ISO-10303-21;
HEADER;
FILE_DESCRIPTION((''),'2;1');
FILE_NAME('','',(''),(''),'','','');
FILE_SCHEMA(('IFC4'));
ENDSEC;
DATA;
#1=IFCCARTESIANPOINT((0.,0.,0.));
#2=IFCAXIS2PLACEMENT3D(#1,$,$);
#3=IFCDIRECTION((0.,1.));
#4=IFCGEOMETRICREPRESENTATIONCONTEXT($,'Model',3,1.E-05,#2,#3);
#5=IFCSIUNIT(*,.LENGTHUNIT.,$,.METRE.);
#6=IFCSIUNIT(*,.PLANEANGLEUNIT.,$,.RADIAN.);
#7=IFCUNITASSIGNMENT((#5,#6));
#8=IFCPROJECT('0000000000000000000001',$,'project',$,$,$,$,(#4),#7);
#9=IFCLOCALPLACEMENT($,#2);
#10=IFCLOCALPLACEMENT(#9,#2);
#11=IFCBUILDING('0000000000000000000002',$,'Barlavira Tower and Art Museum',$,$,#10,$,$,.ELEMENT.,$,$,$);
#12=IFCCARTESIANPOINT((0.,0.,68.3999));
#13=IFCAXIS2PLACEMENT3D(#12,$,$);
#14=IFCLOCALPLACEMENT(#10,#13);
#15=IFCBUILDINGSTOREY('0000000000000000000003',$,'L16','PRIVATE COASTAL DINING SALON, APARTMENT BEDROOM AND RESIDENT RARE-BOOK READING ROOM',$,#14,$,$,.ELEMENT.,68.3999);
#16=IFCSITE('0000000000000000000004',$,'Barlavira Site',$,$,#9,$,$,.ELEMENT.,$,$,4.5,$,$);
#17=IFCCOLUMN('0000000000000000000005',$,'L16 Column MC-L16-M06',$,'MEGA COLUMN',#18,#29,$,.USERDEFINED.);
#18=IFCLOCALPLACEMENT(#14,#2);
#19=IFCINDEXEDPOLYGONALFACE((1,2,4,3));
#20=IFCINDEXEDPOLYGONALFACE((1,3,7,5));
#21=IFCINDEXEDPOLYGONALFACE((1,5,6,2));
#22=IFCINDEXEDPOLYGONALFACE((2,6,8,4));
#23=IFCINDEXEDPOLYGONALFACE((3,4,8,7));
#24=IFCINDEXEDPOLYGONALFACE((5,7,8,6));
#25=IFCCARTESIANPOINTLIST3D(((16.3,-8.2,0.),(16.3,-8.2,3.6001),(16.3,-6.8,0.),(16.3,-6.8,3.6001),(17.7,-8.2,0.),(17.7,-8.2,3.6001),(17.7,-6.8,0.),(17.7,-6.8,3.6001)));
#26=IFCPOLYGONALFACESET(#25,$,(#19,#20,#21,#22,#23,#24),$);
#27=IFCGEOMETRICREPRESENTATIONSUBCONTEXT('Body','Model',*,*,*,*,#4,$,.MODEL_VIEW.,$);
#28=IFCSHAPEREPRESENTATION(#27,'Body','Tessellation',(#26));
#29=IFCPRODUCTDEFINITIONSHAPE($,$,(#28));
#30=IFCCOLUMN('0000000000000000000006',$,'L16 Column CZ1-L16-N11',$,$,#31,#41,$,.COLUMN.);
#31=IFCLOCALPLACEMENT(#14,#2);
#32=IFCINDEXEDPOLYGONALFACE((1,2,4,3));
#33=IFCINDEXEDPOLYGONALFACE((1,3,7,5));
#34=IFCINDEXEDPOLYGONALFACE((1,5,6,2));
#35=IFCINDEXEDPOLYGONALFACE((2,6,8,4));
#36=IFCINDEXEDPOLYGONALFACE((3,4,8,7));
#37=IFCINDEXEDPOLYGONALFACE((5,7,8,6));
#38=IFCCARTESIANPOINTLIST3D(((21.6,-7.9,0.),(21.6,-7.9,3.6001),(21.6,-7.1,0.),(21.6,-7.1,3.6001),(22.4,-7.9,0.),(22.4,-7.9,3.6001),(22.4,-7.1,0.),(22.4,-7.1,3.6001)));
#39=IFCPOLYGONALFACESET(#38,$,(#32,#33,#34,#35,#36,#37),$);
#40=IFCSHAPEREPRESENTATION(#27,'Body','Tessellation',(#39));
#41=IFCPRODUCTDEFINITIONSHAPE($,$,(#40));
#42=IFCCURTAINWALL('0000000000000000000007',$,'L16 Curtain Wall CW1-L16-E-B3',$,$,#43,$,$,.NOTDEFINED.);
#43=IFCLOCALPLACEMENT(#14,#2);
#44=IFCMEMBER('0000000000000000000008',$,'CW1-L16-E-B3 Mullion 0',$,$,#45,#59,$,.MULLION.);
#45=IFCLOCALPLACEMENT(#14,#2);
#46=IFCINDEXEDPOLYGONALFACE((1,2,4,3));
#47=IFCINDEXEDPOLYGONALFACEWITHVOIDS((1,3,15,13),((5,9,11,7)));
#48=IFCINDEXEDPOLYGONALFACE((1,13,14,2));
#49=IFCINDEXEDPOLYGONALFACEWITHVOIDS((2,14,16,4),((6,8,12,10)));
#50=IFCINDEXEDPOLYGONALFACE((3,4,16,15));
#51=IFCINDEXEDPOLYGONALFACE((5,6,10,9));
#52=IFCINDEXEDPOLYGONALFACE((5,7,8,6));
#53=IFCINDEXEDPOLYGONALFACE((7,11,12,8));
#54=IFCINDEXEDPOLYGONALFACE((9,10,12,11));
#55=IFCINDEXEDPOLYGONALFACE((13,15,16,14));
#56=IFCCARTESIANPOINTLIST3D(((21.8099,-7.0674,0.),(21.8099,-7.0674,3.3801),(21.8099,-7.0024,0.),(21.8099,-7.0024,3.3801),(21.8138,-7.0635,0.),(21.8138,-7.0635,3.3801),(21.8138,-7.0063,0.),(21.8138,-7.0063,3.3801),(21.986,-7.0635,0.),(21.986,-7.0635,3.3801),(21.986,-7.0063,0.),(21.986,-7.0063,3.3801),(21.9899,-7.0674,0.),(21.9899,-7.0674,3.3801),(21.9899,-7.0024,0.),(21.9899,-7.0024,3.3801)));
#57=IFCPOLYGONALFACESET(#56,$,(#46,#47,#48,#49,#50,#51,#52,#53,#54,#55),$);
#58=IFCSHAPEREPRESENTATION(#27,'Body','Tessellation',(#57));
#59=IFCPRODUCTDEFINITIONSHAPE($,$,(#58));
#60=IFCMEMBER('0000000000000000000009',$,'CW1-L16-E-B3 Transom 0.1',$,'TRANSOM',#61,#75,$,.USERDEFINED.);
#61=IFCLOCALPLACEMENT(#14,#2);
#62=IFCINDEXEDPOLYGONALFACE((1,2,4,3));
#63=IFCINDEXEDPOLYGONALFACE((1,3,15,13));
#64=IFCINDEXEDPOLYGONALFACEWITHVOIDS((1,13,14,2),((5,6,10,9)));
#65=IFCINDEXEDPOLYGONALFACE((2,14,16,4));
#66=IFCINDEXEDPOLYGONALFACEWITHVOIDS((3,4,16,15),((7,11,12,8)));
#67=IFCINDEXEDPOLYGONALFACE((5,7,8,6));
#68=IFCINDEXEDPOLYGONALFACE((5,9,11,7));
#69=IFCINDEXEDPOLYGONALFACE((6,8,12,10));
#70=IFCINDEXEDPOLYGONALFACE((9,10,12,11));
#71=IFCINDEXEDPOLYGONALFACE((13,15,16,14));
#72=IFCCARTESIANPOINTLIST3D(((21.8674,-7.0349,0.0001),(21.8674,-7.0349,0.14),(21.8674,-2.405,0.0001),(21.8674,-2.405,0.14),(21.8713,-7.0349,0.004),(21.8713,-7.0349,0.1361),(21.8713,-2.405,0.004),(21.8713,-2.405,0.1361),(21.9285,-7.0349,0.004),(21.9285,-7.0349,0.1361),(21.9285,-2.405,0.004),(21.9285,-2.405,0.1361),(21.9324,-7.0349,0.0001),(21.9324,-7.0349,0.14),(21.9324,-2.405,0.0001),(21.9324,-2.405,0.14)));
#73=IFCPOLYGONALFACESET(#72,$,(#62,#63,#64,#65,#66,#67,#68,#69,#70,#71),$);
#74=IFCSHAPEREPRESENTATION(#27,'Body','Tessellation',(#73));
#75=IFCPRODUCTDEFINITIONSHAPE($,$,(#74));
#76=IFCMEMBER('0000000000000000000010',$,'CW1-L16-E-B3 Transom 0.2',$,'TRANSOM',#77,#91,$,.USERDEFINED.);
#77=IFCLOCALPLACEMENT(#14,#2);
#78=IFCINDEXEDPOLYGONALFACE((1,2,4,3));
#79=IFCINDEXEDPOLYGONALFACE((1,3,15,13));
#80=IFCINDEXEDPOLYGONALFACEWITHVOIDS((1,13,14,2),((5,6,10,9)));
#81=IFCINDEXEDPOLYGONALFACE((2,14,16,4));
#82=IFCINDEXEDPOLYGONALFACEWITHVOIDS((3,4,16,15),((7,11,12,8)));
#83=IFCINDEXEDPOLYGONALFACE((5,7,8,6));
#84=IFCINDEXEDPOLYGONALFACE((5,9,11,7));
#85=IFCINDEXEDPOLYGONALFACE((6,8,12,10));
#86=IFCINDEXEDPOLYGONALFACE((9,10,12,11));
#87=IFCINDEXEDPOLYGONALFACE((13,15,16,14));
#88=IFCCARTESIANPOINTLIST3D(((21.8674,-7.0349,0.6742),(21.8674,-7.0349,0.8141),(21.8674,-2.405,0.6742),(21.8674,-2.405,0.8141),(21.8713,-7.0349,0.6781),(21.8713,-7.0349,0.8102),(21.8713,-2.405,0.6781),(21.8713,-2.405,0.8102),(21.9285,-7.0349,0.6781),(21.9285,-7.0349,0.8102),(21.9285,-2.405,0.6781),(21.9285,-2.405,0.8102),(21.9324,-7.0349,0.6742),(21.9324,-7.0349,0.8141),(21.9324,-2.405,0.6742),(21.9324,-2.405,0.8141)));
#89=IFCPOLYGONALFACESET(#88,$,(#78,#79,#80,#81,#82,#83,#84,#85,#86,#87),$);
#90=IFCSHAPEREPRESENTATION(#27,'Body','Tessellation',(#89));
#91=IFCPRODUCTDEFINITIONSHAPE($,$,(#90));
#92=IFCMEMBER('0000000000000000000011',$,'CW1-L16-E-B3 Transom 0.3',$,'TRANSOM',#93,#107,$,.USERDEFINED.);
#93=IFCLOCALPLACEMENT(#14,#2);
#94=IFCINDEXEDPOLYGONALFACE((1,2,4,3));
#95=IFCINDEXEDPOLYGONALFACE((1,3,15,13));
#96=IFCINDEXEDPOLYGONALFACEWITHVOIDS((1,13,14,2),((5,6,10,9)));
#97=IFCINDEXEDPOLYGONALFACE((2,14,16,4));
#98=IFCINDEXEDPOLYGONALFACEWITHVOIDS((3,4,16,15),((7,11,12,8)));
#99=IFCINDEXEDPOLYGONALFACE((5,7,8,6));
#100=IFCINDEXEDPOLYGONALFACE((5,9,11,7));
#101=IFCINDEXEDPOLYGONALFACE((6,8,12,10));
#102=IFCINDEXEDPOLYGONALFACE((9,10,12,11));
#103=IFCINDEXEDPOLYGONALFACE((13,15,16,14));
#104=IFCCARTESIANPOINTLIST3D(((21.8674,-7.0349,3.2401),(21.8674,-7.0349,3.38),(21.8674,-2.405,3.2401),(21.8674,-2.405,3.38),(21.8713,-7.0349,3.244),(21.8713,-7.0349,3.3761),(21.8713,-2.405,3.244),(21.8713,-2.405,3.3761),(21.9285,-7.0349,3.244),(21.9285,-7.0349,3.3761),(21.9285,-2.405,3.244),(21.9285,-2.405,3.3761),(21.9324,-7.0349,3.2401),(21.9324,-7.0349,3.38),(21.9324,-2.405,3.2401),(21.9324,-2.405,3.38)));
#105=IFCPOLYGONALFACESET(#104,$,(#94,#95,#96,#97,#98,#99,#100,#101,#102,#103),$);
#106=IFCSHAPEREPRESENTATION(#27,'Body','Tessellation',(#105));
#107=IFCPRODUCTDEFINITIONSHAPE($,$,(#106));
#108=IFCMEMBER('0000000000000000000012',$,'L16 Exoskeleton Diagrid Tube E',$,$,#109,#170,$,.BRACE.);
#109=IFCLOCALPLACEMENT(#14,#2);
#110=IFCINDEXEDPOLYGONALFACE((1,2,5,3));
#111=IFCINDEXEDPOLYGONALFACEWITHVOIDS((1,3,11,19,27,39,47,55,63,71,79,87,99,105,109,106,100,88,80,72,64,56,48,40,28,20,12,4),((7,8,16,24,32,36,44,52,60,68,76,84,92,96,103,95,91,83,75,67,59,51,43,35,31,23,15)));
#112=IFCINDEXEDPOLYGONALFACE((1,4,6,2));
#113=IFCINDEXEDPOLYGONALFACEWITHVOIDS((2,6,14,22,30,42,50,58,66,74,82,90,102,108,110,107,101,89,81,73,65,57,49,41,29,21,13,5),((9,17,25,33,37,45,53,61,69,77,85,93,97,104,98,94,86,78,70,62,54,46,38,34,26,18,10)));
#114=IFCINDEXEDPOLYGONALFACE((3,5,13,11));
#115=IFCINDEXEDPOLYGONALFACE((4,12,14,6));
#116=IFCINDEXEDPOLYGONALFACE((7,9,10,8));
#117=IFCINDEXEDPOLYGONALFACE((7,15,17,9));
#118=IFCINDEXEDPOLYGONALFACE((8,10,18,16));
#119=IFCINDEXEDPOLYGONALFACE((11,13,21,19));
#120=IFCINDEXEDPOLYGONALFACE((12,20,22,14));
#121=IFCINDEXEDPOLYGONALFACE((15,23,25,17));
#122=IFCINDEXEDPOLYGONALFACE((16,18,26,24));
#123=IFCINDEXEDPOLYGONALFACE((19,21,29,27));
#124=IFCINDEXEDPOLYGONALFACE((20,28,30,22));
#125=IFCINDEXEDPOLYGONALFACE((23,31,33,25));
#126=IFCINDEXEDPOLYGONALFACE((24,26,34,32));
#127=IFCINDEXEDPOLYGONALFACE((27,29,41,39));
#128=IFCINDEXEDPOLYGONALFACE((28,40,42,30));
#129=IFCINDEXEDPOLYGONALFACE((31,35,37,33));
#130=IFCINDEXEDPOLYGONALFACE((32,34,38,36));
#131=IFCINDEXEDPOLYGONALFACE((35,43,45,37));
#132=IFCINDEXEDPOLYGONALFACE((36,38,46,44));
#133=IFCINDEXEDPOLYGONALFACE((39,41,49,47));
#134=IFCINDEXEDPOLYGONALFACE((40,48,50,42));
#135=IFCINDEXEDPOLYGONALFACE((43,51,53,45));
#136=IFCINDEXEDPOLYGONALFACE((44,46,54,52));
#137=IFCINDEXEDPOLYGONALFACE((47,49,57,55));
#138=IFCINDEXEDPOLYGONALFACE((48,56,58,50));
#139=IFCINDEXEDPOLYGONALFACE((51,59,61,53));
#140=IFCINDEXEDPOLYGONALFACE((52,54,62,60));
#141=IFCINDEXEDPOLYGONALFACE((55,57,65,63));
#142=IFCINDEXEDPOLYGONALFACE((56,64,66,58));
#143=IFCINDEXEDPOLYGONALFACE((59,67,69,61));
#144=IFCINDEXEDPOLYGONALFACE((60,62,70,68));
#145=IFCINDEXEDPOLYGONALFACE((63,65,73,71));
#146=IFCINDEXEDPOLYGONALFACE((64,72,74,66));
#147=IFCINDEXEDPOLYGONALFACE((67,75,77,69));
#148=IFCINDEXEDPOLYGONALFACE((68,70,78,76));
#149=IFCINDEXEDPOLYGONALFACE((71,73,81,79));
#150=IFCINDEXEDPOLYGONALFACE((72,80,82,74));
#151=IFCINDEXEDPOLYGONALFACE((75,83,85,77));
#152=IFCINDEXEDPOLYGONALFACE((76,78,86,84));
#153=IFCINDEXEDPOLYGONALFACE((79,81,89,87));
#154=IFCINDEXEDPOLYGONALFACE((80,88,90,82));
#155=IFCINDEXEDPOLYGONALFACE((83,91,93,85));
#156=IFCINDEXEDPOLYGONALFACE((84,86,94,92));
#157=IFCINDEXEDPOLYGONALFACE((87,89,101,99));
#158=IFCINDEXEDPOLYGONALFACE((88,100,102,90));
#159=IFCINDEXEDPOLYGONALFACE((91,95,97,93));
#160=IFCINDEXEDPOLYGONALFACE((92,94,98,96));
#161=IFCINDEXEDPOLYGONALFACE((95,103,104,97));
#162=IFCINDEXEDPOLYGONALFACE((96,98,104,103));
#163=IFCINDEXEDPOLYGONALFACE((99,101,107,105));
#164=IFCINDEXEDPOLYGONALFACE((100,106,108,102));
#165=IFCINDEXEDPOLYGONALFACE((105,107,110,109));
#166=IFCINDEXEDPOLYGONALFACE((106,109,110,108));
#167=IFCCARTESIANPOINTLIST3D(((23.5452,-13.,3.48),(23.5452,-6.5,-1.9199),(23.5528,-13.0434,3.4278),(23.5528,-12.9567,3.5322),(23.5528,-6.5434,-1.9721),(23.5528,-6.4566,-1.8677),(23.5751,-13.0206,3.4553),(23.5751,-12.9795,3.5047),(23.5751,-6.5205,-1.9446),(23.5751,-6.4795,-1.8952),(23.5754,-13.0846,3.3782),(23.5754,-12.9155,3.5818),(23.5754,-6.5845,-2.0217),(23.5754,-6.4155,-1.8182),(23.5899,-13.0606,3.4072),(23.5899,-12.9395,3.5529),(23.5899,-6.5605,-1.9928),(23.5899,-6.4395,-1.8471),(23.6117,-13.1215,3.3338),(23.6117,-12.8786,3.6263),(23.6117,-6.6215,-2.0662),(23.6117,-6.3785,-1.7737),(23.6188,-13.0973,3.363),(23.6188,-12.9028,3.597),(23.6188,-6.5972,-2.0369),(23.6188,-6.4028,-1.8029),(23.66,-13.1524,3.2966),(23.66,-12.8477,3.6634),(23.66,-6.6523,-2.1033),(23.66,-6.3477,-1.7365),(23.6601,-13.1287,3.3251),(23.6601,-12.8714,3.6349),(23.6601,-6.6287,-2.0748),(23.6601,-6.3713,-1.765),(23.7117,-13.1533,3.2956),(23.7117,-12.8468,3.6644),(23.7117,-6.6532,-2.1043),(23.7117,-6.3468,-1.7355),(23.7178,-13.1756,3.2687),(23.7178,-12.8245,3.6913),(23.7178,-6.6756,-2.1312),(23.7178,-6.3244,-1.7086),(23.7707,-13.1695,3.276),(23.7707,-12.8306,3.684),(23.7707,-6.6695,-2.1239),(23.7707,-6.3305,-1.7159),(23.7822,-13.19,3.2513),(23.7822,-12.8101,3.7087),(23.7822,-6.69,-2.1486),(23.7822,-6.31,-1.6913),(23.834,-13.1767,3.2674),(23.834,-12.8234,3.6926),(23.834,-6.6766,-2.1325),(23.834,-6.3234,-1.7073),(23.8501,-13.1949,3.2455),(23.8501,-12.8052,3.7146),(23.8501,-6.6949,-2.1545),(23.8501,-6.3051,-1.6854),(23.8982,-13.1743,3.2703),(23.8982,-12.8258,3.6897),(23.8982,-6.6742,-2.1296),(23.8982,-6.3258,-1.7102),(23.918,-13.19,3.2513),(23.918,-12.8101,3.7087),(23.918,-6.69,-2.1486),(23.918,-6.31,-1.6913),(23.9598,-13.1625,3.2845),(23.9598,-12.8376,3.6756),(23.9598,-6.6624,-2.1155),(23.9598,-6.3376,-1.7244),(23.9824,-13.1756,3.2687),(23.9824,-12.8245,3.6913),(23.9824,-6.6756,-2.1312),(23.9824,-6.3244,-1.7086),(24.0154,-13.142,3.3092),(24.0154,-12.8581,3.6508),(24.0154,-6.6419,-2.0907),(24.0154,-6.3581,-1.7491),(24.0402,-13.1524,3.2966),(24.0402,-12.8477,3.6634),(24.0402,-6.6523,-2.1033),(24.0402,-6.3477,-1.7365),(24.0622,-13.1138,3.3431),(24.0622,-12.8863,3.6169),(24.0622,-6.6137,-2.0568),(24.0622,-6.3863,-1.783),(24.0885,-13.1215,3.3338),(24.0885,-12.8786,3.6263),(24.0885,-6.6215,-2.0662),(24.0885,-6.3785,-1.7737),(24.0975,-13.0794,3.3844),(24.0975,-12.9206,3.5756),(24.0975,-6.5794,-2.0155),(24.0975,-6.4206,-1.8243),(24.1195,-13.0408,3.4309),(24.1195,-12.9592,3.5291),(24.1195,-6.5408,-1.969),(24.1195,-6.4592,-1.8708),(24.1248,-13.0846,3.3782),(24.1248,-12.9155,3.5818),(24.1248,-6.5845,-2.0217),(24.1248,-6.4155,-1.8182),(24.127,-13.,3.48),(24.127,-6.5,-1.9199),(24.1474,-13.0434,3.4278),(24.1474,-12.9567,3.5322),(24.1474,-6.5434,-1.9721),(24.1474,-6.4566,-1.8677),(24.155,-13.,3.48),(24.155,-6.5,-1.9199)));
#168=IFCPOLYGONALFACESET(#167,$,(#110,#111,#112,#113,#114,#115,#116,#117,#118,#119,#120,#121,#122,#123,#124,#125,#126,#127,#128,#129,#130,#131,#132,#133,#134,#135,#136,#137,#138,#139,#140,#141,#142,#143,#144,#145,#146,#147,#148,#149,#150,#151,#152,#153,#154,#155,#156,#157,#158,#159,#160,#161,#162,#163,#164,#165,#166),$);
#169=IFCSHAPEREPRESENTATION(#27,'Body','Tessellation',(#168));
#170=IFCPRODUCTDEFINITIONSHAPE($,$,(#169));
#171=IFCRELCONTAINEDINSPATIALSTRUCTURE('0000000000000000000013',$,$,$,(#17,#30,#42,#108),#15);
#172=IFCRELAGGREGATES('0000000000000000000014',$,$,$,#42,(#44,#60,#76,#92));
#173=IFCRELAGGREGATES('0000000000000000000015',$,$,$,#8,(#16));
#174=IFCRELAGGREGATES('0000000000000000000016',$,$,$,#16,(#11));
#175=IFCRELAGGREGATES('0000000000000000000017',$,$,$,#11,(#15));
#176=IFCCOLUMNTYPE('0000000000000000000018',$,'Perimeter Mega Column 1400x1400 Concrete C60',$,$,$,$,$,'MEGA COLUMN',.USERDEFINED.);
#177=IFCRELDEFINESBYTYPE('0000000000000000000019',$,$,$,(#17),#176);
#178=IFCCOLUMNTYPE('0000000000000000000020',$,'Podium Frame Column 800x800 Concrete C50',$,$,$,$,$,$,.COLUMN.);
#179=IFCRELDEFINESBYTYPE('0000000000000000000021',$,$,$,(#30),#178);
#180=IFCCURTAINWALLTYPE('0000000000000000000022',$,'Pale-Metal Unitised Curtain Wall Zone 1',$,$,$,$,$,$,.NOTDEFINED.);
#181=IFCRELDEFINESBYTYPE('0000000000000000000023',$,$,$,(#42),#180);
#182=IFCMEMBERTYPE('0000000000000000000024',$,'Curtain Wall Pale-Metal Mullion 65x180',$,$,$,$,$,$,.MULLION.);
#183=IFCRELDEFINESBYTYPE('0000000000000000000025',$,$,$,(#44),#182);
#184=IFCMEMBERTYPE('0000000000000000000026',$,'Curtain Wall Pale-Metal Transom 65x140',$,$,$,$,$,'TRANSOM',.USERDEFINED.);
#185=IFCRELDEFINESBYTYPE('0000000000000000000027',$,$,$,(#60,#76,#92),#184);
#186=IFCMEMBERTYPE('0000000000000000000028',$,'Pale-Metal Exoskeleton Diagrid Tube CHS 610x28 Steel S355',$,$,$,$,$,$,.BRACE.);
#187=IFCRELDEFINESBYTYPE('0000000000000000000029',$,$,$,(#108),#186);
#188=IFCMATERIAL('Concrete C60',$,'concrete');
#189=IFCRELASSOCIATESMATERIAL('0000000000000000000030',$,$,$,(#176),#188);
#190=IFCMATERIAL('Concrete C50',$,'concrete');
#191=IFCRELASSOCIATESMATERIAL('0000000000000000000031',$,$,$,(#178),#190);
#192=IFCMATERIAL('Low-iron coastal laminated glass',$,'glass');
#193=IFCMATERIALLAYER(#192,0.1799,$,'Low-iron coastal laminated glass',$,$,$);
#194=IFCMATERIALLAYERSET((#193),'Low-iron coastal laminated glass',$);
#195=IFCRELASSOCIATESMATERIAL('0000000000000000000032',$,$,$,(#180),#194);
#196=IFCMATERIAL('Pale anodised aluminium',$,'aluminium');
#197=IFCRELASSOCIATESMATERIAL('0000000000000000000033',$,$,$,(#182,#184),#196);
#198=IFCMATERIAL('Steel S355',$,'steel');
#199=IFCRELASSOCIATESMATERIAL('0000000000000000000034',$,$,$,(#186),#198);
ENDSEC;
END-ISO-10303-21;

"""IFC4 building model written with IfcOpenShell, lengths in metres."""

from ifc_helpers import new_model, si_unit, direction, frame, origin, origin_2d, place, context, subcontext, project, spatial, rectangle, hollow_rectangle, hollow_circle, extrude, material, layer, layer_set, material_profile, profile_set, type_object, element, aggregate, save


model = new_model("IFC4")

# Units and contexts
model_context = context("Model", 3, precision=1e-05, world=origin(), true_north=direction((0.0, 1.0)))
body_context = subcontext(model_context, "Body", "Model", "MODEL_VIEW")
ifc_project = project(units=[si_unit("LENGTHUNIT", "METRE"), si_unit("PLANEANGLEUNIT", "RADIAN")], contexts=[model_context])

# Site, building, storey
site_placement = place(None, origin())
site = spatial("IfcSite", under=ifc_project, at=site_placement, Name="Barlavira Site", CompositionType="ELEMENT", RefElevation=4.5)
building_placement = place(site_placement, origin())
building = spatial("IfcBuilding", under=site, at=building_placement, Name="Barlavira Tower and Art Museum", CompositionType="ELEMENT")
storey_placement = place(building_placement, frame((0.0, 0.0, 68.3999)))
storey = spatial("IfcBuildingStorey", under=building, at=storey_placement, Name="L16", Description="PRIVATE COASTAL DINING SALON, APARTMENT BEDROOM AND RESIDENT RARE-BOOK READING ROOM", CompositionType="ELEMENT", Elevation=68.3999)

# Columns
ifc_material_1 = material(Name="Concrete C60", Category="concrete")
ifc_material_profile_1 = material_profile(ifc_material_1, rectangle(XDim=1.3999, YDim=1.3999, at=origin_2d()), Name="RC-MCOL 1400x1400")
ifc_profile_set_1 = profile_set([ifc_material_profile_1], Name="Concrete C60")
column_type_1 = type_object("IfcColumnType", Name="Perimeter Mega Column 1400x1400 Concrete C60", ElementType="MEGA COLUMN", PredefinedType="USERDEFINED", material=ifc_profile_set_1)
column_1_placement = place(storey_placement, frame((17.0, -7.5, 0.0), z_axis=(0.0, 0.0, 1.0), x_axis=(1.0, 0.0, 0.0)))
element("IfcColumn", 1, at=column_1_placement, inside=storey, type_object=column_type_1, Name="L16 Column MC-L16-M06", ObjectType="MEGA COLUMN", PredefinedType="USERDEFINED", context=body_context, shape_type="SweptSolid", body=[
    extrude(rectangle(XDim=1.3999, YDim=1.3999, at=origin_2d()), origin(), (0.0, 0.0, 1.0), 3.6001),
])
ifc_material_2 = material(Name="Concrete C50", Category="concrete")
ifc_material_profile_2 = material_profile(ifc_material_2, rectangle(XDim=0.8, YDim=0.8, at=origin_2d()), Name="RC-COL 800x800")
ifc_profile_set_2 = profile_set([ifc_material_profile_2], Name="Concrete C50")
column_type_2 = type_object("IfcColumnType", Name="Podium Frame Column 800x800 Concrete C50", PredefinedType="COLUMN", material=ifc_profile_set_2)
column_2_placement = place(storey_placement, frame((22.0, -7.5, 0.0), z_axis=(0.0, 0.0, 1.0), x_axis=(1.0, 0.0, 0.0)))
element("IfcColumn", 2, at=column_2_placement, inside=storey, type_object=column_type_2, Name="L16 Column CZ1-L16-N11", PredefinedType="COLUMN", context=body_context, shape_type="SweptSolid", body=[
    extrude(rectangle(XDim=0.8, YDim=0.8, at=origin_2d()), origin(), (0.0, 0.0, 1.0), 3.6001),
])

# Curtain wall, members
ifc_material_3 = material(Name="Low-iron coastal laminated glass", Category="glass")
ifc_layer_1 = layer(ifc_material_3, 0.1799, Name="Low-iron coastal laminated glass")
ifc_layer_set_1 = layer_set([ifc_layer_1], Name="Low-iron coastal laminated glass")
curtain_wall_type = type_object("IfcCurtainWallType", Name="Pale-Metal Unitised Curtain Wall Zone 1", PredefinedType="NOTDEFINED", material=ifc_layer_set_1)
curtain_wall_placement = place(storey_placement, origin())
curtain_wall = element("IfcCurtainWall", 3, at=curtain_wall_placement, inside=storey, type_object=curtain_wall_type, Name="L16 Curtain Wall CW1-L16-E-B3", PredefinedType="NOTDEFINED")
ifc_material_4 = material(Name="Pale anodised aluminium", Category="aluminium")
ifc_material_profile_3 = material_profile(ifc_material_4, hollow_rectangle(XDim=0.0649, YDim=0.1799, WallThickness=0.0039, at=origin_2d()), Name="ALU-MULL 65x180x4")
ifc_profile_set_3 = profile_set([ifc_material_profile_3], Name="Pale anodised aluminium")
member_type_1 = type_object("IfcMemberType", Name="Curtain Wall Pale-Metal Mullion 65x180", PredefinedType="MULLION", material=ifc_profile_set_3)
member_1_placement = place(storey_placement, frame((21.8999, -7.0349, 0.0), z_axis=(0.0, 0.0, 1.0), x_axis=(0.0, 1.0, 0.0)))
member_1 = element("IfcMember", 4, at=member_1_placement, type_object=member_type_1, Name="CW1-L16-E-B3 Mullion 0", PredefinedType="MULLION", context=body_context, shape_type="SweptSolid", body=[
    extrude(hollow_rectangle(XDim=0.0649, YDim=0.1799, WallThickness=0.0039, at=origin_2d()), origin(), (0.0, 0.0, 1.0), 3.3801),
])
ifc_material_profile_4 = material_profile(ifc_material_4, hollow_rectangle(XDim=0.0649, YDim=0.1399, WallThickness=0.0039, at=origin_2d()), Name="ALU-TRAN 65x140x4")
ifc_profile_set_4 = profile_set([ifc_material_profile_4], Name="Pale anodised aluminium")
member_type_2 = type_object("IfcMemberType", Name="Curtain Wall Pale-Metal Transom 65x140", ElementType="TRANSOM", PredefinedType="USERDEFINED", material=ifc_profile_set_4)
member_2_placement = place(storey_placement, frame((21.8999, -7.0349, 0.0701), z_axis=(0.0, 1.0, 0.0), x_axis=(-1.0, 0.0, 0.0)))
member_2 = element("IfcMember", 5, at=member_2_placement, type_object=member_type_2, Name="CW1-L16-E-B3 Transom 0.1", ObjectType="TRANSOM", PredefinedType="USERDEFINED", context=body_context, shape_type="SweptSolid", body=[
    extrude(hollow_rectangle(XDim=0.0649, YDim=0.1399, WallThickness=0.0039, at=origin_2d()), origin(), (0.0, 0.0, 1.0), 4.6299),
])
member_3_placement = place(storey_placement, frame((21.8999, -7.0349, 0.7441), z_axis=(0.0, 1.0, 0.0), x_axis=(-1.0, 0.0, 0.0)))
member_3 = element("IfcMember", 6, at=member_3_placement, type_object=member_type_2, Name="CW1-L16-E-B3 Transom 0.2", ObjectType="TRANSOM", PredefinedType="USERDEFINED", context=body_context, shape_type="SweptSolid", body=[
    extrude(hollow_rectangle(XDim=0.0649, YDim=0.1399, WallThickness=0.0039, at=origin_2d()), origin(), (0.0, 0.0, 1.0), 4.6299),
])
member_4_placement = place(storey_placement, frame((21.8999, -7.0349, 3.3101), z_axis=(0.0, 1.0, 0.0), x_axis=(-1.0, 0.0, 0.0)))
member_4 = element("IfcMember", 7, at=member_4_placement, type_object=member_type_2, Name="CW1-L16-E-B3 Transom 0.3", ObjectType="TRANSOM", PredefinedType="USERDEFINED", context=body_context, shape_type="SweptSolid", body=[
    extrude(hollow_rectangle(XDim=0.0649, YDim=0.1399, WallThickness=0.0039, at=origin_2d()), origin(), (0.0, 0.0, 1.0), 4.6299),
])

# Member
ifc_material_5 = material(Name="Steel S355", Category="steel")
ifc_material_profile_5 = material_profile(ifc_material_5, hollow_circle(Radius=0.3049, WallThickness=0.0281, at=origin_2d()), Name="CHS 610.0x28.0")
ifc_profile_set_5 = profile_set([ifc_material_profile_5], Name="Steel S355")
member_type_3 = type_object("IfcMemberType", Name="Pale-Metal Exoskeleton Diagrid Tube CHS 610x28 Steel S355", PredefinedType="BRACE", material=ifc_profile_set_5)
for number, where, z_axis, x_axis, name in (
    (8, (23.8501, -6.5, -1.9199), (0.0, -0.769196, 0.639013), (1.0, 0.0, 0.0), "L16 Exoskeleton Diagrid Tube E"),
):
    element("IfcMember", number, at=place(storey_placement, frame(where, z_axis=z_axis, x_axis=x_axis)), inside=storey, type_object=member_type_3, Name=name, PredefinedType="BRACE", context=body_context, shape_type="SweptSolid", body=[
        extrude(hollow_circle(Radius=0.3049, WallThickness=0.0281, at=origin_2d()), origin(), (0.0, 0.0, 1.0), 8.4504),
    ])

aggregate(curtain_wall, [member_1, member_2, member_3, member_4])

save(model, "model.ifc")
